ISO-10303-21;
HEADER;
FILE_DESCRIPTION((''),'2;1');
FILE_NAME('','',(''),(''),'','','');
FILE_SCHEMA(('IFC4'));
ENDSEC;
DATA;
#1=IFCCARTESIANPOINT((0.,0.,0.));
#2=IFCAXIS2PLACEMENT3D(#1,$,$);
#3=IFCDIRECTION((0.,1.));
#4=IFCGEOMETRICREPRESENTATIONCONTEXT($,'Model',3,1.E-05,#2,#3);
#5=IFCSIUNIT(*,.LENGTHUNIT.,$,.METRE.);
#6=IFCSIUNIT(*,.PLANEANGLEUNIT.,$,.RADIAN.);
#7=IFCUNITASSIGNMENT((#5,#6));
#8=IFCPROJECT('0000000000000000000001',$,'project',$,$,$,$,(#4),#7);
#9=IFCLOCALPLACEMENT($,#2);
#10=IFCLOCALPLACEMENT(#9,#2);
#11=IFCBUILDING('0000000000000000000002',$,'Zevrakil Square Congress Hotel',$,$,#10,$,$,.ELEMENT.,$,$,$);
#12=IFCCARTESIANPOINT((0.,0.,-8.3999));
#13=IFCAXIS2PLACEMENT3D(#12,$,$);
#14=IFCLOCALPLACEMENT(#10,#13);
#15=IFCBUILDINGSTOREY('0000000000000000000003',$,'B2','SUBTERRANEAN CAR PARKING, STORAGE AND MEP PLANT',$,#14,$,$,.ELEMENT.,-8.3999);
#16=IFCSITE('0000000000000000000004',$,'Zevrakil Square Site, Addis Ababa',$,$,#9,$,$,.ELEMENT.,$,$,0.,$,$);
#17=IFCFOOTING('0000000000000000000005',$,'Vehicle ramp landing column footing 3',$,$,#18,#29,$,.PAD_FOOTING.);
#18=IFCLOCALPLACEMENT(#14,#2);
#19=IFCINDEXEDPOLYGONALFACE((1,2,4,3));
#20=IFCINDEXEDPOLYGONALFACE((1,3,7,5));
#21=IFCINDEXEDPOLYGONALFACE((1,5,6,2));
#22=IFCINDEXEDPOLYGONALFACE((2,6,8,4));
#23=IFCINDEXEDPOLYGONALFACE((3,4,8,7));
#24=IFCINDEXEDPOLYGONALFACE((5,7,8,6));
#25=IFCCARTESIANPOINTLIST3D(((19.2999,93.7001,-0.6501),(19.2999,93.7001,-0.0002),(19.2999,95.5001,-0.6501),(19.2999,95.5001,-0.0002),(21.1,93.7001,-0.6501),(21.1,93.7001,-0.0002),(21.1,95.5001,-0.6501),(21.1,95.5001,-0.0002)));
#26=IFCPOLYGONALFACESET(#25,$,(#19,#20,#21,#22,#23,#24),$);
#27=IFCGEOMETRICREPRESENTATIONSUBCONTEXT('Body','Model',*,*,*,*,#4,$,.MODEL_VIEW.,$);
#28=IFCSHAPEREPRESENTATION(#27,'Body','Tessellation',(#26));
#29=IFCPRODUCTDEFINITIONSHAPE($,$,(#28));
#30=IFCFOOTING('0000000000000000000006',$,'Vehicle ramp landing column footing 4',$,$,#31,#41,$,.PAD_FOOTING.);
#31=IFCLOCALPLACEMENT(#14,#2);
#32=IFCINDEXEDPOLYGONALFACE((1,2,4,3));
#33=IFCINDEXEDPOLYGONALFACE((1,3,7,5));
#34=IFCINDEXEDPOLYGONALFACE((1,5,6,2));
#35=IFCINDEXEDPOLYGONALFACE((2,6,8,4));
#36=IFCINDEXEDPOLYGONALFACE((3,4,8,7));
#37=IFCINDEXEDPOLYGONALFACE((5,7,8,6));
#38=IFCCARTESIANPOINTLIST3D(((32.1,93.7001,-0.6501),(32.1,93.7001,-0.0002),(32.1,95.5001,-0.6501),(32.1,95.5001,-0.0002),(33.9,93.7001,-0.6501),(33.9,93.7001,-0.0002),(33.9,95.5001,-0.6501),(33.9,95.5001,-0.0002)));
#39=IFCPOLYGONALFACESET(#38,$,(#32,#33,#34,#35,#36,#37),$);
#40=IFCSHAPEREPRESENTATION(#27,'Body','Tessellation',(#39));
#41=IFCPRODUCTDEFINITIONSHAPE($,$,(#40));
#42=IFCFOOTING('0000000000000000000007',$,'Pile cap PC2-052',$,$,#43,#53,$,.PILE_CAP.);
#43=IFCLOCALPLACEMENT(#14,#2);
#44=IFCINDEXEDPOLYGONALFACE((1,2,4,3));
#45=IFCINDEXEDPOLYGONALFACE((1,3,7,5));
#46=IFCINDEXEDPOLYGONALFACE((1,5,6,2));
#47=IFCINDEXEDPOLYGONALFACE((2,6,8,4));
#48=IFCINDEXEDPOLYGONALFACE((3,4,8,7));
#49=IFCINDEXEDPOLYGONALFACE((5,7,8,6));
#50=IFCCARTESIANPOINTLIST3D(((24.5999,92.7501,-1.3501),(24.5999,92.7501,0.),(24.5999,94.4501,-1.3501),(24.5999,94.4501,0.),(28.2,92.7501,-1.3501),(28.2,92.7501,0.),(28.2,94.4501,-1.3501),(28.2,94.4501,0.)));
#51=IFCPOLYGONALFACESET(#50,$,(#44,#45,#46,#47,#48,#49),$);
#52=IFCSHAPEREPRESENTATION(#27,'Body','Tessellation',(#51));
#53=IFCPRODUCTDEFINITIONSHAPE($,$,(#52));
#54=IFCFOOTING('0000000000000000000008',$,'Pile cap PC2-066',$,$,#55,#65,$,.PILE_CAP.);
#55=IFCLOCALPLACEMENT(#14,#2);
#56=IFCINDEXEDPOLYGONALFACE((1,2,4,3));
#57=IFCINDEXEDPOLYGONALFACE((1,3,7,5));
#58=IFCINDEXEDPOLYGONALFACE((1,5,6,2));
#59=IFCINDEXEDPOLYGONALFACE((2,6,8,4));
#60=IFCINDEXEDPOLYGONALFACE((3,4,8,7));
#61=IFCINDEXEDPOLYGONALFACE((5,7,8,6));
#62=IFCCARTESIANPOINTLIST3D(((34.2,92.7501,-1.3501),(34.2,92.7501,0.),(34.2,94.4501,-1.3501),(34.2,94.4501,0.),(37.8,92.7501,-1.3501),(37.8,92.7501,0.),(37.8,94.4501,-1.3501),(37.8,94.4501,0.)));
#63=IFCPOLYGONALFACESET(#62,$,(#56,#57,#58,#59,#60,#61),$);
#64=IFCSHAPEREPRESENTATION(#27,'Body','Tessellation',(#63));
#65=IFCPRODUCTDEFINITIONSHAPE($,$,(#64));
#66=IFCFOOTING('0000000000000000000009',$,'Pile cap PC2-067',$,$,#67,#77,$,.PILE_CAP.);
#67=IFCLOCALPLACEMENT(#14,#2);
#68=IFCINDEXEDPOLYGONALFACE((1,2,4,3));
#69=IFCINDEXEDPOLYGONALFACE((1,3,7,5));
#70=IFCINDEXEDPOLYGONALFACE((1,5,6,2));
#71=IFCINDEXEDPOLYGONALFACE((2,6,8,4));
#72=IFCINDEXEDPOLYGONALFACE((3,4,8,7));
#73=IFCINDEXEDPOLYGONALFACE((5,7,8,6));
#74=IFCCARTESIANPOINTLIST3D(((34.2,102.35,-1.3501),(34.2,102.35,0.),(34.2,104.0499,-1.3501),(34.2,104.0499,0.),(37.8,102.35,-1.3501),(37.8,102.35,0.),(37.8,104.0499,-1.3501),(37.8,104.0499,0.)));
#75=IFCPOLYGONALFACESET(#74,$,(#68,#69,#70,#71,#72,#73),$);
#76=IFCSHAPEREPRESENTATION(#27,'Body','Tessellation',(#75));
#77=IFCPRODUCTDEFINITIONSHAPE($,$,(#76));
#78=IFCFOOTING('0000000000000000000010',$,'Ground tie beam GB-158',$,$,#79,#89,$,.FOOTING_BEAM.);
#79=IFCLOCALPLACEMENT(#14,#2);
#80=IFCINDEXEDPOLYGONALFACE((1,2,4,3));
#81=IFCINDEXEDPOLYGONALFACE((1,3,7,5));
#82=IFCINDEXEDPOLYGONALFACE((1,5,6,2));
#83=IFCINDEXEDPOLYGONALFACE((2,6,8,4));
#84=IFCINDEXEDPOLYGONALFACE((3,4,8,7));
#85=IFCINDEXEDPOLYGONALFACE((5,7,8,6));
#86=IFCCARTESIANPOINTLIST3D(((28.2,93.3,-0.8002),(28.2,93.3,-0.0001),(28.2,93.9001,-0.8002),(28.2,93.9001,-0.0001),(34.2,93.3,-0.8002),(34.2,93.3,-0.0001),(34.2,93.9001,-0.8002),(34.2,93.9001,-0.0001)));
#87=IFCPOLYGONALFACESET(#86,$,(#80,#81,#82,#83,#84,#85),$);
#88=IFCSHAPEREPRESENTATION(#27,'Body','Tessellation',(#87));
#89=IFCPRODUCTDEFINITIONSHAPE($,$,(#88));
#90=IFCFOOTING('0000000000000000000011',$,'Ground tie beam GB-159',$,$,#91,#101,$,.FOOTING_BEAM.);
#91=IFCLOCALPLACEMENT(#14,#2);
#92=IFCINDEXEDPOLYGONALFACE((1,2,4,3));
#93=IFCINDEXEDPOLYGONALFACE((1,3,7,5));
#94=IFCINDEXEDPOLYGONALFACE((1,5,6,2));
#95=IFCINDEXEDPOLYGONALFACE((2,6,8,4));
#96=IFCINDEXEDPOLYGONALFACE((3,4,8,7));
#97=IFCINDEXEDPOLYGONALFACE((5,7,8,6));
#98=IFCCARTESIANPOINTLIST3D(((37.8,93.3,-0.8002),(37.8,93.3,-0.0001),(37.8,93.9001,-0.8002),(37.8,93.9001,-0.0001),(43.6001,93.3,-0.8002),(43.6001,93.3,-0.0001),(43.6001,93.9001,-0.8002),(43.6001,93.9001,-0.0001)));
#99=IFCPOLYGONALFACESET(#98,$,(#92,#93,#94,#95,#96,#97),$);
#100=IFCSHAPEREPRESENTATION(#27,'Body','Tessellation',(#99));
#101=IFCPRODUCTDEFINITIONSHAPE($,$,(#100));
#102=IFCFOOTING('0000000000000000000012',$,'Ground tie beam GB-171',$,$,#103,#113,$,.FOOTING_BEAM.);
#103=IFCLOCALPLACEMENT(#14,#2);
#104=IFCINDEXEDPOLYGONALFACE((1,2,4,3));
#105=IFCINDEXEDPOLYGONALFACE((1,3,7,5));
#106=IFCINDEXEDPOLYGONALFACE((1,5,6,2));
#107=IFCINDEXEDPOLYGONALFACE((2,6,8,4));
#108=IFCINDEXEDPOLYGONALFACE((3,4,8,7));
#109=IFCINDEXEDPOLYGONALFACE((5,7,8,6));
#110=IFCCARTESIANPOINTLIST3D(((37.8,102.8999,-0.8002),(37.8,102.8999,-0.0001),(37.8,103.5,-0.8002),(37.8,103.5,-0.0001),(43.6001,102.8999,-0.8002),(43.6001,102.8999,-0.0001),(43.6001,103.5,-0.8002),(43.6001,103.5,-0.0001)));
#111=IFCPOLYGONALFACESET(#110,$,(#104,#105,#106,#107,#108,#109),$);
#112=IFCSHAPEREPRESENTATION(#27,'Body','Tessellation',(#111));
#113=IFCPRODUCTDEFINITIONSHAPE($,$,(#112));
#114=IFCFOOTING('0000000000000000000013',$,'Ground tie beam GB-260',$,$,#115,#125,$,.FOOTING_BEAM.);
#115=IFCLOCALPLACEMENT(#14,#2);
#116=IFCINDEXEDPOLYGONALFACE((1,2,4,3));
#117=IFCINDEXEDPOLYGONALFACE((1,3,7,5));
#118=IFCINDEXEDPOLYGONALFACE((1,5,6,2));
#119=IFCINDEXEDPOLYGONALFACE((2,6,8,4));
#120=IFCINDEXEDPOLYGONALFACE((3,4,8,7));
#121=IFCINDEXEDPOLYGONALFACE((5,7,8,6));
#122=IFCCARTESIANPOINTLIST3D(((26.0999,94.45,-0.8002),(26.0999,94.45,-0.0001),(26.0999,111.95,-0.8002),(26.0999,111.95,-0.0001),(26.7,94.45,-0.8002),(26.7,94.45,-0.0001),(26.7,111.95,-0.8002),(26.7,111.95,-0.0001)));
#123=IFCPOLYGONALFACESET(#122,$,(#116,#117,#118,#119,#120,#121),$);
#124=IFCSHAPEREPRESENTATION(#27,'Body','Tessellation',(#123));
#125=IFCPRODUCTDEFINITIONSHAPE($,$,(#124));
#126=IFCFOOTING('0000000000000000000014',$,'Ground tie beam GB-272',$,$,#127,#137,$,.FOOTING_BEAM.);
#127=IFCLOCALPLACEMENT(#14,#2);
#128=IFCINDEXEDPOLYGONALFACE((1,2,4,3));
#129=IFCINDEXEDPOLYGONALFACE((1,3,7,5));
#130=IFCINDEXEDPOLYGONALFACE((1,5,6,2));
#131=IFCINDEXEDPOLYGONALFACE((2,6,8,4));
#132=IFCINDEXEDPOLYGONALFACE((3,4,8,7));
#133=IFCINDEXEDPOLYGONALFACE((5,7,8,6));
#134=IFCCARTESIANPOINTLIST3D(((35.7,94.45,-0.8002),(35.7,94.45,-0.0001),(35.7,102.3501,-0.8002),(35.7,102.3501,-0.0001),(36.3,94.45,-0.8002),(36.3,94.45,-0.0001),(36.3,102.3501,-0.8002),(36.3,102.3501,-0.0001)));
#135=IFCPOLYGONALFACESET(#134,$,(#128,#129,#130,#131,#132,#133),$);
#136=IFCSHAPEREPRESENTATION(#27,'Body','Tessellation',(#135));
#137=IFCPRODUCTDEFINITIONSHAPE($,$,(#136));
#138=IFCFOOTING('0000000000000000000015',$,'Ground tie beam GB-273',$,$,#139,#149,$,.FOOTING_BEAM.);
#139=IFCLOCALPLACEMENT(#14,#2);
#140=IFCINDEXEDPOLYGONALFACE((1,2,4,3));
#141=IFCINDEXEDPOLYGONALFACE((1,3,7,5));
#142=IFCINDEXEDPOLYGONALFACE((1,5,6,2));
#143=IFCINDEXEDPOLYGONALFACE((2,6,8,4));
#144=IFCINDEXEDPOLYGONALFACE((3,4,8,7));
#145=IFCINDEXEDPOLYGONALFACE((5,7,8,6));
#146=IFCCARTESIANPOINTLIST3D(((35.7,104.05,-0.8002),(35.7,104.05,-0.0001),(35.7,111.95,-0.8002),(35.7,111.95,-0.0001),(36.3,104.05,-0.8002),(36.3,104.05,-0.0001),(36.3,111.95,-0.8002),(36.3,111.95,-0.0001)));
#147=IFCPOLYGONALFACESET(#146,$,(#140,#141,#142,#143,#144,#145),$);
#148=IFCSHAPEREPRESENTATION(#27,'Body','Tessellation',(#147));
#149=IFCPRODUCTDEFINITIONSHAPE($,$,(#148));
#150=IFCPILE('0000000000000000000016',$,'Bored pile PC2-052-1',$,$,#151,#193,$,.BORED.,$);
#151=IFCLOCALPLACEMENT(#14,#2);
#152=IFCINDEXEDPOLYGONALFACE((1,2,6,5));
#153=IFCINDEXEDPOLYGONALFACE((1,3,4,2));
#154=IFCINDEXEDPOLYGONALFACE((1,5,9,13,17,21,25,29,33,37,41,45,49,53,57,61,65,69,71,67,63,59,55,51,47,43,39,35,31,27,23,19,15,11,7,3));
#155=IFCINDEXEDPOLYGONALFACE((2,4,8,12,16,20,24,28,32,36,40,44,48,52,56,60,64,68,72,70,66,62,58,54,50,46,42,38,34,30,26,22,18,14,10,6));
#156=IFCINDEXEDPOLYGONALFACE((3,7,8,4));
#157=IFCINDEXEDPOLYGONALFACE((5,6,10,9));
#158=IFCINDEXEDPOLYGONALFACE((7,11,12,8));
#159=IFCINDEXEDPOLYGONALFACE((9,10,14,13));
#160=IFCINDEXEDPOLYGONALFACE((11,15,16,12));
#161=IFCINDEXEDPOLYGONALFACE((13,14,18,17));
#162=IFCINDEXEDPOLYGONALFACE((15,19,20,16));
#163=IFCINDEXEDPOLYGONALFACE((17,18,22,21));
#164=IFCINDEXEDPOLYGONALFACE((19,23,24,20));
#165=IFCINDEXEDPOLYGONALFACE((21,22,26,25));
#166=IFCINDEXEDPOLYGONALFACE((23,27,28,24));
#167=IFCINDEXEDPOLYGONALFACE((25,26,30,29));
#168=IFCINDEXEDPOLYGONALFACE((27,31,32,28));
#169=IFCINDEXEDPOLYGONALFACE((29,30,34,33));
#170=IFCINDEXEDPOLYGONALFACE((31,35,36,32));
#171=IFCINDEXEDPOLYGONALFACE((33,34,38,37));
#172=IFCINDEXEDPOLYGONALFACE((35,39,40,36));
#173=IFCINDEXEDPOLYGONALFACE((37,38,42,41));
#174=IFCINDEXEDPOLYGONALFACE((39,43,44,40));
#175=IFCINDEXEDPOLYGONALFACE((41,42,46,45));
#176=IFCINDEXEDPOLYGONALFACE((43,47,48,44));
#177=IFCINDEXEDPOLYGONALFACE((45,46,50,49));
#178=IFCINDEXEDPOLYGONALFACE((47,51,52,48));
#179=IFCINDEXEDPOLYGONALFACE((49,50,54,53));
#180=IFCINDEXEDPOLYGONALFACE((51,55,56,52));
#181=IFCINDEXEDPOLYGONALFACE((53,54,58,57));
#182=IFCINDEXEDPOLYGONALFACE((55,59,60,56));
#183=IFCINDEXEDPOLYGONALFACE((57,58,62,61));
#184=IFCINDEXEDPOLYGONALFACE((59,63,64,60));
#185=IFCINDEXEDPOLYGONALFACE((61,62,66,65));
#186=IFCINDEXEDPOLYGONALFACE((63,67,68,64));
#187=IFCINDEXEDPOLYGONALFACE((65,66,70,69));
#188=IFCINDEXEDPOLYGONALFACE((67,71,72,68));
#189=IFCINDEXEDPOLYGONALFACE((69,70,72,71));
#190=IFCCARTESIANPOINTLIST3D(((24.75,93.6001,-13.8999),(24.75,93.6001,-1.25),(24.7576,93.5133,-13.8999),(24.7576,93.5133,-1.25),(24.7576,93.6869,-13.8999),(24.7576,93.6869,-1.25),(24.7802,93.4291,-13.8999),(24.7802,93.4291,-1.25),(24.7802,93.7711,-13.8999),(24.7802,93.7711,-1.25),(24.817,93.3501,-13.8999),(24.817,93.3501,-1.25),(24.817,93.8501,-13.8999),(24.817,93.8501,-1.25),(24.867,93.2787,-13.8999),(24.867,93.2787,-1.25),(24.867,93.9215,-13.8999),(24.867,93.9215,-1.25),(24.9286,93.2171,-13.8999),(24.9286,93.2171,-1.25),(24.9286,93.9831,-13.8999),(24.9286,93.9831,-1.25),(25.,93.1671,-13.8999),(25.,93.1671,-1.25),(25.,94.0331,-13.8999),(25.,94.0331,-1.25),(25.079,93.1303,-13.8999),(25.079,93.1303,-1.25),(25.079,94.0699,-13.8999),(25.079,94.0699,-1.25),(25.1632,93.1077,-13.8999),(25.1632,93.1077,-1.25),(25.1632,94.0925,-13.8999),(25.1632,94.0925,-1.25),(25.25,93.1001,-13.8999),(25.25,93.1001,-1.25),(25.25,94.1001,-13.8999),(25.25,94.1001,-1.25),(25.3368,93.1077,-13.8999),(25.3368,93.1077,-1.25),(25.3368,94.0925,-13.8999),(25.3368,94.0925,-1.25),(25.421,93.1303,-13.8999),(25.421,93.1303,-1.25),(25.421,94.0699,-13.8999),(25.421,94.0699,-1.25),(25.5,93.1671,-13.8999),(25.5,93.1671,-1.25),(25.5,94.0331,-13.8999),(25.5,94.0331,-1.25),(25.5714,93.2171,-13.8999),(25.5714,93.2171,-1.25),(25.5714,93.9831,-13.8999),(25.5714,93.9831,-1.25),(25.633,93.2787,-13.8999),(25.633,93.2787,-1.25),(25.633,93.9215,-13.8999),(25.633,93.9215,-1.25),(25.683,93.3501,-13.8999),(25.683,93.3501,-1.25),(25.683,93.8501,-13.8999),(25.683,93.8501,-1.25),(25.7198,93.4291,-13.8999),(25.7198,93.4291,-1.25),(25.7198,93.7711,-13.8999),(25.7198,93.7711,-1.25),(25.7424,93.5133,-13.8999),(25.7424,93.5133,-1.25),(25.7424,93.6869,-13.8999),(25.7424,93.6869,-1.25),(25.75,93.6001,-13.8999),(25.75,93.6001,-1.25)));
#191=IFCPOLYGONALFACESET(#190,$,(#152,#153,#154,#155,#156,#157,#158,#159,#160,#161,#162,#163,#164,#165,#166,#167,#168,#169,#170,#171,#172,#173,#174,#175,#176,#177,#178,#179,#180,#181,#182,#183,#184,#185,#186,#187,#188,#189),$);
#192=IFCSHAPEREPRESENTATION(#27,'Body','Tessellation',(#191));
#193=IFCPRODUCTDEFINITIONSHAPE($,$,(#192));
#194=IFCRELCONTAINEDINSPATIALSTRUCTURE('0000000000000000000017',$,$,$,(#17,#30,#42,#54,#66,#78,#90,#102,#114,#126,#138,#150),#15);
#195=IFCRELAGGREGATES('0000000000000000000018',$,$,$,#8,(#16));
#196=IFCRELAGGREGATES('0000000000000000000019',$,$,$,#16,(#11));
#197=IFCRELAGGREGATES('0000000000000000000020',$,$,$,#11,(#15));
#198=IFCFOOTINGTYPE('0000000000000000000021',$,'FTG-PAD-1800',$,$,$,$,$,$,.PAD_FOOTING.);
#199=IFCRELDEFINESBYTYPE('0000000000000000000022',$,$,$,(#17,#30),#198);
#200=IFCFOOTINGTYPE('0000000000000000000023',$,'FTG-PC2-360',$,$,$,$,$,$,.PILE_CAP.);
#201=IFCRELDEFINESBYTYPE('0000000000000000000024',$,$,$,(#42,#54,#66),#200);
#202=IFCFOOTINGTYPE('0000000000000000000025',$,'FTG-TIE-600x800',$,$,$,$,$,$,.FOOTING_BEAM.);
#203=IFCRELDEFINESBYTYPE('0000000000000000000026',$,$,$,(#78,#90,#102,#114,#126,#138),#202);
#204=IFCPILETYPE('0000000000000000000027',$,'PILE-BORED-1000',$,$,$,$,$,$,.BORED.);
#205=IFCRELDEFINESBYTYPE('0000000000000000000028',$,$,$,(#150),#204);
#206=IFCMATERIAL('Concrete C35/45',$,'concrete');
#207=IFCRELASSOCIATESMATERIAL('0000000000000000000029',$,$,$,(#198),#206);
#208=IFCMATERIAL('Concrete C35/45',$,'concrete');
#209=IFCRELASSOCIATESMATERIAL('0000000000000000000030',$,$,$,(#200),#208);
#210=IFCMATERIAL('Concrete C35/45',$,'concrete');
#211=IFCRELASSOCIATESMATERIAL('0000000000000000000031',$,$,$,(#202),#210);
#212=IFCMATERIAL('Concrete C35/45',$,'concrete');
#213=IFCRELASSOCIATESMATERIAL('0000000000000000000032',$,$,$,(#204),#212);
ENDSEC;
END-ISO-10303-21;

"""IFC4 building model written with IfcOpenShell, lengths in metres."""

from ifc_helpers import new_model, si_unit, direction, frame, origin, origin_2d, place, context, subcontext, project, spatial, rectangle, circle, extrude, material, material_profile, profile_set, type_object, element, save


model = new_model("IFC4")

# Units and contexts
model_context = context("Model", 3, precision=1e-05, world=origin(), true_north=direction((0.0, 1.0)))
body_context = subcontext(model_context, "Body", "Model", "MODEL_VIEW")
ifc_project = project(units=[si_unit("LENGTHUNIT", "METRE"), si_unit("PLANEANGLEUNIT", "RADIAN")], contexts=[model_context])

# Site, building, storey
site_placement = place(None, origin())
site = spatial("IfcSite", under=ifc_project, at=site_placement, Name="Zevrakil Square Site, Addis Ababa", CompositionType="ELEMENT", RefElevation=0.0)
building_placement = place(site_placement, origin())
building = spatial("IfcBuilding", under=site, at=building_placement, Name="Zevrakil Square Congress Hotel", CompositionType="ELEMENT")
storey_placement = place(building_placement, frame((0.0, 0.0, -8.3999)))
storey = spatial("IfcBuildingStorey", under=building, at=storey_placement, Name="B2", Description="SUBTERRANEAN CAR PARKING, STORAGE AND MEP PLANT", CompositionType="ELEMENT", Elevation=-8.3999)

# Footings
ifc_material_1 = material(Name="Concrete C35/45", Category="concrete")
footing_type_1 = type_object("IfcFootingType", Name="FTG-PAD-1800", PredefinedType="PAD_FOOTING", material=ifc_material_1)
for number, where, z_axis, x_axis, name in (
    (1, (20.2, 94.6001, -0.6501), (0.0, 0.0, 1.0), (1.0, 0.0, 0.0), "Vehicle ramp landing column footing 3"),
    (2, (33.0, 94.6001, -0.6501), (0.0, 0.0, 1.0), (1.0, 0.0, 0.0), "Vehicle ramp landing column footing 4"),
):
    element("IfcFooting", number, at=place(storey_placement, frame(where, z_axis=z_axis, x_axis=x_axis)), inside=storey, type_object=footing_type_1, Name=name, PredefinedType="PAD_FOOTING", context=body_context, shape_type="SweptSolid", body=[
        extrude(rectangle(XDim=1.8, YDim=1.8, at=origin_2d()), origin(), (0.0, 0.0, 1.0), 0.6499),
    ])
ifc_material_2 = material(Name="Concrete C35/45", Category="concrete")
footing_type_2 = type_object("IfcFootingType", Name="FTG-PC2-360", PredefinedType="PILE_CAP", material=ifc_material_2)
for number, where, z_axis, x_axis, name in (
    (3, (26.3999, 93.6001, -1.3501), (0.0, 0.0, 1.0), (1.0, 0.0, 0.0), "Pile cap PC2-052"),
    (4, (36.0, 93.6001, -1.3501), (0.0, 0.0, 1.0), (1.0, 0.0, 0.0), "Pile cap PC2-066"),
    (5, (36.0, 103.2, -1.3501), (0.0, 0.0, 1.0), (1.0, 0.0, 0.0), "Pile cap PC2-067"),
):
    element("IfcFooting", number, at=place(storey_placement, frame(where, z_axis=z_axis, x_axis=x_axis)), inside=storey, type_object=footing_type_2, Name=name, PredefinedType="PILE_CAP", context=body_context, shape_type="SweptSolid", body=[
        extrude(rectangle(XDim=3.6001, YDim=1.7, at=origin_2d()), origin(), (0.0, 0.0, 1.0), 1.3501),
    ])
ifc_material_3 = material(Name="Concrete C35/45", Category="concrete")
ifc_material_profile_1 = material_profile(ifc_material_3, rectangle(XDim=0.6001, YDim=0.8, at=origin_2d()), Name="RC 600x800")
ifc_profile_set_1 = profile_set([ifc_material_profile_1], Name="Concrete C35/45")
footing_type_3 = type_object("IfcFootingType", Name="FTG-TIE-600x800", PredefinedType="FOOTING_BEAM", material=ifc_profile_set_1)
footing_1_placement = place(storey_placement, frame((28.2, 93.6001, -0.4001), z_axis=(1.0, 0.0, 0.0), x_axis=(0.0, 1.0, 0.0)))
element("IfcFooting", 6, at=footing_1_placement, inside=storey, type_object=footing_type_3, Name="Ground tie beam GB-158", PredefinedType="FOOTING_BEAM", context=body_context, shape_type="SweptSolid", body=[
    extrude(rectangle(XDim=0.6001, YDim=0.8, at=origin_2d()), origin(), (0.0, 0.0, 1.0), 6.0),
])
for number, where, z_axis, x_axis, name in (
    (7, (37.8, 93.6001, -0.4001), (1.0, 0.0, 0.0), (0.0, 1.0, 0.0), "Ground tie beam GB-159"),
    (8, (37.8, 103.2, -0.4001), (1.0, 0.0, 0.0), (0.0, 1.0, 0.0), "Ground tie beam GB-171"),
):
    element("IfcFooting", number, at=place(storey_placement, frame(where, z_axis=z_axis, x_axis=x_axis)), inside=storey, type_object=footing_type_3, Name=name, PredefinedType="FOOTING_BEAM", context=body_context, shape_type="SweptSolid", body=[
        extrude(rectangle(XDim=0.6001, YDim=0.8, at=origin_2d()), origin(), (0.0, 0.0, 1.0), 5.8),
    ])
footing_2_placement = place(storey_placement, frame((26.3999, 94.45, -0.4001), z_axis=(0.0, 1.0, 0.0), x_axis=(-1.0, 0.0, 0.0)))
element("IfcFooting", 9, at=footing_2_placement, inside=storey, type_object=footing_type_3, Name="Ground tie beam GB-260", PredefinedType="FOOTING_BEAM", context=body_context, shape_type="SweptSolid", body=[
    extrude(rectangle(XDim=0.6001, YDim=0.8, at=origin_2d()), origin(), (0.0, 0.0, 1.0), 17.5),
])
footing_3_placement = place(storey_placement, frame((36.0, 94.45, -0.4001), z_axis=(0.0, 1.0, 0.0), x_axis=(-1.0, 0.0, 0.0)))
element("IfcFooting", 10, at=footing_3_placement, inside=storey, type_object=footing_type_3, Name="Ground tie beam GB-272", PredefinedType="FOOTING_BEAM", context=body_context, shape_type="SweptSolid", body=[
    extrude(rectangle(XDim=0.6001, YDim=0.8, at=origin_2d()), origin(), (0.0, 0.0, 1.0), 7.9001),
])
footing_4_placement = place(storey_placement, frame((36.0, 104.05, -0.4001), z_axis=(0.0, 1.0, 0.0), x_axis=(-1.0, 0.0, 0.0)))
element("IfcFooting", 11, at=footing_4_placement, inside=storey, type_object=footing_type_3, Name="Ground tie beam GB-273", PredefinedType="FOOTING_BEAM", context=body_context, shape_type="SweptSolid", body=[
    extrude(rectangle(XDim=0.6001, YDim=0.8, at=origin_2d()), origin(), (0.0, 0.0, 1.0), 7.8999),
])

# Pile
ifc_material_4 = material(Name="Concrete C35/45", Category="concrete")
ifc_material_profile_2 = material_profile(ifc_material_4, circle(Radius=0.5, at=origin_2d()), Name="PILE D1000")
ifc_profile_set_2 = profile_set([ifc_material_profile_2], Name="Concrete C35/45")
pile_type = type_object("IfcPileType", Name="PILE-BORED-1000", PredefinedType="BORED", material=ifc_profile_set_2)
for number, where, z_axis, x_axis, name in (
    (12, (25.25, 93.6001, -1.25), (0.0, 0.0, -1.0), (1.0, 0.0, 0.0), "Bored pile PC2-052-1"),
):
    element("IfcPile", number, at=place(storey_placement, frame(where, z_axis=z_axis, x_axis=x_axis)), inside=storey, type_object=pile_type, Name=name, PredefinedType="BORED", context=body_context, shape_type="SweptSolid", body=[
        extrude(circle(Radius=0.5, at=origin_2d()), origin(), (0.0, 0.0, 1.0), 12.6499),
    ])

save(model, "model.ifc")
